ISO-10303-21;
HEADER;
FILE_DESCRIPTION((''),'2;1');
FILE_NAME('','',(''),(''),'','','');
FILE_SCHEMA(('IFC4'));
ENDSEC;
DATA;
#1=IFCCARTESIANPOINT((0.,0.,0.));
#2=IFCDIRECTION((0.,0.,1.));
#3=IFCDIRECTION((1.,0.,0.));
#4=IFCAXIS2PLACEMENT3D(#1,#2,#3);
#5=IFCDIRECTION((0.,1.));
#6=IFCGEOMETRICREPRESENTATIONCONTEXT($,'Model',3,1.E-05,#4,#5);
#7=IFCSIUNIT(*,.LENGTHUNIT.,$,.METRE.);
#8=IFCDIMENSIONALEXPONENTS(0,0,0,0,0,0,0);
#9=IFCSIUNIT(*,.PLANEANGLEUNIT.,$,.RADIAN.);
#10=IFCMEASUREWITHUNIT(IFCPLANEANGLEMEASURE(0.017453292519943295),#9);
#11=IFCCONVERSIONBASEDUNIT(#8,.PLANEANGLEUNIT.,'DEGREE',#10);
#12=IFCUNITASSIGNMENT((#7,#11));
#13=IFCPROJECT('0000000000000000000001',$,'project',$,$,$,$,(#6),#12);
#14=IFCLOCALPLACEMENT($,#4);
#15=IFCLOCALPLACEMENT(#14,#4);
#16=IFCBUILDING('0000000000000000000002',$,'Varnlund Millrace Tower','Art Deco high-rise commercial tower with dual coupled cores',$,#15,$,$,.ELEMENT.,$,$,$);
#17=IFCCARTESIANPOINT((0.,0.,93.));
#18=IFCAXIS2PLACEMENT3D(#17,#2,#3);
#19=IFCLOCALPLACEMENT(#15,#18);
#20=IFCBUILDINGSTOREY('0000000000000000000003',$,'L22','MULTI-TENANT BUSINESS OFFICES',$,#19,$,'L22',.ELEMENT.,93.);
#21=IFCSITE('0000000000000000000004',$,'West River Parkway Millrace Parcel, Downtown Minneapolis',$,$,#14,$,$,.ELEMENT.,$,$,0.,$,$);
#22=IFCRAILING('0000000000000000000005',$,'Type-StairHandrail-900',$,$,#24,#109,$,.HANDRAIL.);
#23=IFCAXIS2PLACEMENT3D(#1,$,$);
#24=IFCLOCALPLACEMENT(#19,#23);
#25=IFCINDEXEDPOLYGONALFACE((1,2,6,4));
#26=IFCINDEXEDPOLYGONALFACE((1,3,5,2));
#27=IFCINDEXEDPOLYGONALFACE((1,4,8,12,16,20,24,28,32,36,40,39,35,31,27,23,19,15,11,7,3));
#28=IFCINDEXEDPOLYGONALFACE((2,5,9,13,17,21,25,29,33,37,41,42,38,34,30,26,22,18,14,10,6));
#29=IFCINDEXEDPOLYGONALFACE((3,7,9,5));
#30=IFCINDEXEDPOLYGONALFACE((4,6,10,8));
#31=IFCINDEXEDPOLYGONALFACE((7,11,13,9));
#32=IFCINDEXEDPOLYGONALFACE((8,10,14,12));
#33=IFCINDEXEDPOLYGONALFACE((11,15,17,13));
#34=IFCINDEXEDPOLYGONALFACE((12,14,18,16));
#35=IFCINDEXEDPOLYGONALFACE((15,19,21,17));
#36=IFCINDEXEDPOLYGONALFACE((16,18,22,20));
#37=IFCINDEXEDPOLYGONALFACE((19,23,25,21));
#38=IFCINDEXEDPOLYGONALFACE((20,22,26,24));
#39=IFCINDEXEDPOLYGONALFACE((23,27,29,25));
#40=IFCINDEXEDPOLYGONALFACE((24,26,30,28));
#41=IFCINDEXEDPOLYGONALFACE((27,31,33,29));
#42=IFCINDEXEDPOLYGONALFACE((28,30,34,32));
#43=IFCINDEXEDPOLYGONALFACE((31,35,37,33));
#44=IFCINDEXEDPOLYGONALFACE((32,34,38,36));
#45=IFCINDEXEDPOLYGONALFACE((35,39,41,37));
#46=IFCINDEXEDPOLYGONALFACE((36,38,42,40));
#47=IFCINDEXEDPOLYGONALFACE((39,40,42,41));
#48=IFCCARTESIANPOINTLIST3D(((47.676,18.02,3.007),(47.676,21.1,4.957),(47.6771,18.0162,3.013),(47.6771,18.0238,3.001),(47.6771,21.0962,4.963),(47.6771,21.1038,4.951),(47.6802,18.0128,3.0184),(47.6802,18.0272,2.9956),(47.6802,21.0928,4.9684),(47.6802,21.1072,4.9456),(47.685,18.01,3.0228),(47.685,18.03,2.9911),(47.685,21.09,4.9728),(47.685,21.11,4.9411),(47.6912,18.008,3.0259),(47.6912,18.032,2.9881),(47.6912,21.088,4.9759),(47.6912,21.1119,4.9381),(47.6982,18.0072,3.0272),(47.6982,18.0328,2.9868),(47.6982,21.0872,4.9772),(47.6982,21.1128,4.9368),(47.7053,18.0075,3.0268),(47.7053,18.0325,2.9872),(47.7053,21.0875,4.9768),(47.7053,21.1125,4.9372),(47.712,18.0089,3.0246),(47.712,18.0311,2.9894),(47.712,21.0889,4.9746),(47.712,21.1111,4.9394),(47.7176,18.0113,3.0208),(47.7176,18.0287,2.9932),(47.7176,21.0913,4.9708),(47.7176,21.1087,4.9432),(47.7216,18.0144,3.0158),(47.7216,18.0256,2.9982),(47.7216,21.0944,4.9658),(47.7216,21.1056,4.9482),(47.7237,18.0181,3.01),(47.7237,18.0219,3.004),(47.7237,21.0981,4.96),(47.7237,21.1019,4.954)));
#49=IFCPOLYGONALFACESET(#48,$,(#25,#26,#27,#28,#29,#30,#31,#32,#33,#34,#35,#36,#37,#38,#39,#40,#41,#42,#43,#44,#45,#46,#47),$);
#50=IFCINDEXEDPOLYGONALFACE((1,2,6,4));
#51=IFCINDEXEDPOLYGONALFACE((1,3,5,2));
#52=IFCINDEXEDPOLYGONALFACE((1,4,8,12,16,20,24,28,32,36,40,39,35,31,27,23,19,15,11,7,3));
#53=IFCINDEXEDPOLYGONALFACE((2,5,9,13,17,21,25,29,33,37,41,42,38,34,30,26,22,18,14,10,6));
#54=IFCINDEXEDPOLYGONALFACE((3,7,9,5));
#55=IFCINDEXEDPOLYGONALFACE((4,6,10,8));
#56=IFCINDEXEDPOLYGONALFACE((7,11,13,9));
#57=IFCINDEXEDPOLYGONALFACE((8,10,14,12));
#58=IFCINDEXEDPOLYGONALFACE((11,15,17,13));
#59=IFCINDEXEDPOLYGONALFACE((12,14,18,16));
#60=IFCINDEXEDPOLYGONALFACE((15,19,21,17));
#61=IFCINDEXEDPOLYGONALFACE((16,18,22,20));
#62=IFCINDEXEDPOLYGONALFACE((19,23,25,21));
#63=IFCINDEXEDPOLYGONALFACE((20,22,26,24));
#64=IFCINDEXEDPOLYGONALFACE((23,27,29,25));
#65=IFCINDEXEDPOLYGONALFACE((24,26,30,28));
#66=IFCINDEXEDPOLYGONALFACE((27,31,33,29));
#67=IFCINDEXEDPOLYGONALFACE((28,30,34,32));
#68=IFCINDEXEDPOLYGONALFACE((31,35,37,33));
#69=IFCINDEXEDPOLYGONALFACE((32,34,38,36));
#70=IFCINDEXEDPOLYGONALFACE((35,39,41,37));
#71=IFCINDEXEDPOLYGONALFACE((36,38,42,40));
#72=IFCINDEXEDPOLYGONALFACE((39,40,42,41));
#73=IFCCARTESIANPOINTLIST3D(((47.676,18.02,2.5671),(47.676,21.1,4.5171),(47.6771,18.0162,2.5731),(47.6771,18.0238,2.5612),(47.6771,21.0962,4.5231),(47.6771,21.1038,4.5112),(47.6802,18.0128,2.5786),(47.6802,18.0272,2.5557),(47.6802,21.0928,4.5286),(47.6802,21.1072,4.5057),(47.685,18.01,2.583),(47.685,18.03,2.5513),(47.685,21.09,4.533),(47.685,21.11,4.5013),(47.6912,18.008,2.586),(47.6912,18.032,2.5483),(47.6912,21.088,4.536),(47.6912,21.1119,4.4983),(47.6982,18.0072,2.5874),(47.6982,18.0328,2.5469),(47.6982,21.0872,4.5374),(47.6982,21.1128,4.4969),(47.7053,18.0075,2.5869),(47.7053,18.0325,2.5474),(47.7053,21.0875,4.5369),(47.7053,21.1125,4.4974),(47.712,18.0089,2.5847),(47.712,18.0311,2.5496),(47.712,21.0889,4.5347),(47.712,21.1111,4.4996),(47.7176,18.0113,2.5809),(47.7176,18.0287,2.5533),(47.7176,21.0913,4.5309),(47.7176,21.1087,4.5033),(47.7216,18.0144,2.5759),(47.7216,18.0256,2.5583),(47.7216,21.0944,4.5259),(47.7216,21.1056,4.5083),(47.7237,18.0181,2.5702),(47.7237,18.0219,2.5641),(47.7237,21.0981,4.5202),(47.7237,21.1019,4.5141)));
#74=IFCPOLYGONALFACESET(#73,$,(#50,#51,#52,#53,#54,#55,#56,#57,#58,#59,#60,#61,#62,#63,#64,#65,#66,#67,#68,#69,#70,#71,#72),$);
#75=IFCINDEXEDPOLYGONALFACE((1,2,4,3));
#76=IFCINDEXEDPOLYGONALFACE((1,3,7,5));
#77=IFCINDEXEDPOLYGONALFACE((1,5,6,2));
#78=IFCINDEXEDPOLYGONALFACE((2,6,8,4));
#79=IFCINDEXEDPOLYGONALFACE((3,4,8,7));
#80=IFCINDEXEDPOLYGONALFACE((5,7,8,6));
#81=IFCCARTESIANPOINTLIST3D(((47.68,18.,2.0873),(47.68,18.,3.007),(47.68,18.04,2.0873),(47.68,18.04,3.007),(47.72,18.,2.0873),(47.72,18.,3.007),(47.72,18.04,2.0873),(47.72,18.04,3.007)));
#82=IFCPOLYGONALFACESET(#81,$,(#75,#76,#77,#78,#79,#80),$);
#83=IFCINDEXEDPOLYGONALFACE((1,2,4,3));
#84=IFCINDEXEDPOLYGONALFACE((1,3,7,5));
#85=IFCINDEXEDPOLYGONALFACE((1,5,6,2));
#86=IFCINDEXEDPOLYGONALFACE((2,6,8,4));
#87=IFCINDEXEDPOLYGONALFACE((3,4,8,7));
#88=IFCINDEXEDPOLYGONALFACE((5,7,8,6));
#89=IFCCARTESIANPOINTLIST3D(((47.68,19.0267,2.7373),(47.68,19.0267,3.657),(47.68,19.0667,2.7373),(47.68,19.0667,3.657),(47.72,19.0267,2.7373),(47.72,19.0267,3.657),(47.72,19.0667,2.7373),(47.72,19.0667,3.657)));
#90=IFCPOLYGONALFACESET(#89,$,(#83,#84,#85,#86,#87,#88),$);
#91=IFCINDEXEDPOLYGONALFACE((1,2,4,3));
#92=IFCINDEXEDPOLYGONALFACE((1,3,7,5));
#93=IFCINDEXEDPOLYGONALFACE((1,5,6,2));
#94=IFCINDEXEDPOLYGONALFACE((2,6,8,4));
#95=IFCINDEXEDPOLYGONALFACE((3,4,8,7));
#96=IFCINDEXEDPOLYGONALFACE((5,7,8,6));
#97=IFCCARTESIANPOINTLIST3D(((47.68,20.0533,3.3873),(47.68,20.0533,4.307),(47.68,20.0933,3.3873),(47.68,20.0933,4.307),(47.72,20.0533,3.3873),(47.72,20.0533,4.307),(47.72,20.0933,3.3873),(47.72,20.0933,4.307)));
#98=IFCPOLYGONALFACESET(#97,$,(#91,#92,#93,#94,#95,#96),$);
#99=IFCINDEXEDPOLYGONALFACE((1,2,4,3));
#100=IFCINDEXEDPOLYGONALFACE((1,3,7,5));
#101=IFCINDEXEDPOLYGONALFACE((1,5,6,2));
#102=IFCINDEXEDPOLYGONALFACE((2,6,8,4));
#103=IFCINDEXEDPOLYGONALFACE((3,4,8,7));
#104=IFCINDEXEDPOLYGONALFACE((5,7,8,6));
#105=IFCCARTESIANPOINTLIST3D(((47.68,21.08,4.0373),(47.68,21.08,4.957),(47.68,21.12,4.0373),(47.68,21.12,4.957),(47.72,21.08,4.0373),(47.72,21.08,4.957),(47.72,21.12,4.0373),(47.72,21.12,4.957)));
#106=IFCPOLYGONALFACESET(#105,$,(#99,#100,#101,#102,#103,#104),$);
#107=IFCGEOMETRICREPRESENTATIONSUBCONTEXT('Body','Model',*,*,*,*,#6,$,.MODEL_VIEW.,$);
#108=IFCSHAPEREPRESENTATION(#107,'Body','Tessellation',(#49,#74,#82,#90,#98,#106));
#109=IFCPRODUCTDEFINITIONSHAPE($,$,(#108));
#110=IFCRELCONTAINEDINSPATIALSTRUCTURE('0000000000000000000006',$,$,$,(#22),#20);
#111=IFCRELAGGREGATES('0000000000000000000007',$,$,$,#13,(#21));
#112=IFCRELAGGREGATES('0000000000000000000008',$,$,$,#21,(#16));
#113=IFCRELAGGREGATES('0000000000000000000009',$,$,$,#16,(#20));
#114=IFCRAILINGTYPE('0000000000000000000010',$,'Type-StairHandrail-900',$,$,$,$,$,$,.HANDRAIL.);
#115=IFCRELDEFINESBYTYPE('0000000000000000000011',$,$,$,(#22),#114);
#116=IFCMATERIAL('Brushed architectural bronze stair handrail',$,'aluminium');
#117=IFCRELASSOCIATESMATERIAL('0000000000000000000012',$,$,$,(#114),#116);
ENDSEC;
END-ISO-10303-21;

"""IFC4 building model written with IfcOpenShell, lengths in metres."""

from ifc_helpers import new_model, entity, si_unit, converted_unit, direction, frame, origin_with_axes, origin_2d_with_axis, place, context, subcontext, project, spatial, rectangle, circle, extrude, material, type_object, element, save


model = new_model("IFC4")

# Units and contexts
model_context = context("Model", 3, precision=1e-05, world=origin_with_axes(), true_north=direction((0.0, 1.0)))
body_context = subcontext(model_context, "Body", "Model", "MODEL_VIEW")
ifc_project = project(units=[si_unit("LENGTHUNIT", "METRE"), converted_unit("PLANEANGLEUNIT", "DEGREE", entity("IfcPlaneAngleMeasure", 0.017453292519943295), si_unit("PLANEANGLEUNIT", "RADIAN"), dimensions=[0, 0, 0, 0, 0, 0, 0])], contexts=[model_context])

# Site, building, storey
site_placement = place(None, origin_with_axes())
site = spatial("IfcSite", under=ifc_project, at=site_placement, Name="West River Parkway Millrace Parcel, Downtown Minneapolis", CompositionType="ELEMENT", RefElevation=0.0)
building_placement = place(site_placement, origin_with_axes())
building = spatial("IfcBuilding", under=site, at=building_placement, Name="Varnlund Millrace Tower", Description="Art Deco high-rise commercial tower with dual coupled cores", CompositionType="ELEMENT")
storey_placement = place(building_placement, frame((0.0, 0.0, 93.0), z_axis=(0.0, 0.0, 1.0), x_axis=(1.0, 0.0, 0.0)))
storey = spatial("IfcBuildingStorey", under=building, at=storey_placement, Name="L22", Description="MULTI-TENANT BUSINESS OFFICES", LongName="L22", CompositionType="ELEMENT", Elevation=93.0)

# Railing
ifc_material_1 = material(Name="Brushed architectural bronze stair handrail", Category="aluminium")
railing_type_1 = type_object("IfcRailingType", Name="Type-StairHandrail-900", PredefinedType="HANDRAIL", material=ifc_material_1)
railing_1_placement = place(storey_placement, frame((0.0, 0.0, -93.0), z_axis=(0.0, 0.0, 1.0), x_axis=(1.0, 0.0, 0.0)))
element("IfcRailing", 1, at=railing_1_placement, inside=storey, type_object=railing_type_1, Name="Type-StairHandrail-900", PredefinedType="HANDRAIL", context=body_context, shape_type="SweptSolid", body=[
    extrude(circle(Radius=0.024, at=origin_2d_with_axis()), frame((47.7, 18.02, 96.007), z_axis=(0.0, 0.844902, 0.534922), x_axis=(-1.0, 0.0, 0.0)), (0.0, 0.0, 1.0), 3.6454),
    extrude(circle(Radius=0.024, at=origin_2d_with_axis()), frame((47.7, 18.02, 95.5671), z_axis=(0.0, 0.844902, 0.534922), x_axis=(-1.0, 0.0, 0.0)), (0.0, 0.0, 1.0), 3.6454),
    extrude(rectangle(XDim=0.04, YDim=0.04, at=origin_2d_with_axis()), frame((47.7, 18.02, 95.0873), z_axis=(0.0, 0.0, 1.0), x_axis=(1.0, 0.0, 0.0)), (0.0, 0.0, 1.0), 0.9197),
    extrude(rectangle(XDim=0.04, YDim=0.04, at=origin_2d_with_axis()), frame((47.7, 19.0467, 95.7373), z_axis=(0.0, 0.0, 1.0), x_axis=(1.0, 0.0, 0.0)), (0.0, 0.0, 1.0), 0.9197),
    extrude(rectangle(XDim=0.04, YDim=0.04, at=origin_2d_with_axis()), frame((47.7, 20.0733, 96.3873), z_axis=(0.0, 0.0, 1.0), x_axis=(1.0, 0.0, 0.0)), (0.0, 0.0, 1.0), 0.9197),
    extrude(rectangle(XDim=0.04, YDim=0.04, at=origin_2d_with_axis()), frame((47.7, 21.1, 97.0373), z_axis=(0.0, 0.0, 1.0), x_axis=(1.0, 0.0, 0.0)), (0.0, 0.0, 1.0), 0.9197),
])

save(model, "model.ifc")
